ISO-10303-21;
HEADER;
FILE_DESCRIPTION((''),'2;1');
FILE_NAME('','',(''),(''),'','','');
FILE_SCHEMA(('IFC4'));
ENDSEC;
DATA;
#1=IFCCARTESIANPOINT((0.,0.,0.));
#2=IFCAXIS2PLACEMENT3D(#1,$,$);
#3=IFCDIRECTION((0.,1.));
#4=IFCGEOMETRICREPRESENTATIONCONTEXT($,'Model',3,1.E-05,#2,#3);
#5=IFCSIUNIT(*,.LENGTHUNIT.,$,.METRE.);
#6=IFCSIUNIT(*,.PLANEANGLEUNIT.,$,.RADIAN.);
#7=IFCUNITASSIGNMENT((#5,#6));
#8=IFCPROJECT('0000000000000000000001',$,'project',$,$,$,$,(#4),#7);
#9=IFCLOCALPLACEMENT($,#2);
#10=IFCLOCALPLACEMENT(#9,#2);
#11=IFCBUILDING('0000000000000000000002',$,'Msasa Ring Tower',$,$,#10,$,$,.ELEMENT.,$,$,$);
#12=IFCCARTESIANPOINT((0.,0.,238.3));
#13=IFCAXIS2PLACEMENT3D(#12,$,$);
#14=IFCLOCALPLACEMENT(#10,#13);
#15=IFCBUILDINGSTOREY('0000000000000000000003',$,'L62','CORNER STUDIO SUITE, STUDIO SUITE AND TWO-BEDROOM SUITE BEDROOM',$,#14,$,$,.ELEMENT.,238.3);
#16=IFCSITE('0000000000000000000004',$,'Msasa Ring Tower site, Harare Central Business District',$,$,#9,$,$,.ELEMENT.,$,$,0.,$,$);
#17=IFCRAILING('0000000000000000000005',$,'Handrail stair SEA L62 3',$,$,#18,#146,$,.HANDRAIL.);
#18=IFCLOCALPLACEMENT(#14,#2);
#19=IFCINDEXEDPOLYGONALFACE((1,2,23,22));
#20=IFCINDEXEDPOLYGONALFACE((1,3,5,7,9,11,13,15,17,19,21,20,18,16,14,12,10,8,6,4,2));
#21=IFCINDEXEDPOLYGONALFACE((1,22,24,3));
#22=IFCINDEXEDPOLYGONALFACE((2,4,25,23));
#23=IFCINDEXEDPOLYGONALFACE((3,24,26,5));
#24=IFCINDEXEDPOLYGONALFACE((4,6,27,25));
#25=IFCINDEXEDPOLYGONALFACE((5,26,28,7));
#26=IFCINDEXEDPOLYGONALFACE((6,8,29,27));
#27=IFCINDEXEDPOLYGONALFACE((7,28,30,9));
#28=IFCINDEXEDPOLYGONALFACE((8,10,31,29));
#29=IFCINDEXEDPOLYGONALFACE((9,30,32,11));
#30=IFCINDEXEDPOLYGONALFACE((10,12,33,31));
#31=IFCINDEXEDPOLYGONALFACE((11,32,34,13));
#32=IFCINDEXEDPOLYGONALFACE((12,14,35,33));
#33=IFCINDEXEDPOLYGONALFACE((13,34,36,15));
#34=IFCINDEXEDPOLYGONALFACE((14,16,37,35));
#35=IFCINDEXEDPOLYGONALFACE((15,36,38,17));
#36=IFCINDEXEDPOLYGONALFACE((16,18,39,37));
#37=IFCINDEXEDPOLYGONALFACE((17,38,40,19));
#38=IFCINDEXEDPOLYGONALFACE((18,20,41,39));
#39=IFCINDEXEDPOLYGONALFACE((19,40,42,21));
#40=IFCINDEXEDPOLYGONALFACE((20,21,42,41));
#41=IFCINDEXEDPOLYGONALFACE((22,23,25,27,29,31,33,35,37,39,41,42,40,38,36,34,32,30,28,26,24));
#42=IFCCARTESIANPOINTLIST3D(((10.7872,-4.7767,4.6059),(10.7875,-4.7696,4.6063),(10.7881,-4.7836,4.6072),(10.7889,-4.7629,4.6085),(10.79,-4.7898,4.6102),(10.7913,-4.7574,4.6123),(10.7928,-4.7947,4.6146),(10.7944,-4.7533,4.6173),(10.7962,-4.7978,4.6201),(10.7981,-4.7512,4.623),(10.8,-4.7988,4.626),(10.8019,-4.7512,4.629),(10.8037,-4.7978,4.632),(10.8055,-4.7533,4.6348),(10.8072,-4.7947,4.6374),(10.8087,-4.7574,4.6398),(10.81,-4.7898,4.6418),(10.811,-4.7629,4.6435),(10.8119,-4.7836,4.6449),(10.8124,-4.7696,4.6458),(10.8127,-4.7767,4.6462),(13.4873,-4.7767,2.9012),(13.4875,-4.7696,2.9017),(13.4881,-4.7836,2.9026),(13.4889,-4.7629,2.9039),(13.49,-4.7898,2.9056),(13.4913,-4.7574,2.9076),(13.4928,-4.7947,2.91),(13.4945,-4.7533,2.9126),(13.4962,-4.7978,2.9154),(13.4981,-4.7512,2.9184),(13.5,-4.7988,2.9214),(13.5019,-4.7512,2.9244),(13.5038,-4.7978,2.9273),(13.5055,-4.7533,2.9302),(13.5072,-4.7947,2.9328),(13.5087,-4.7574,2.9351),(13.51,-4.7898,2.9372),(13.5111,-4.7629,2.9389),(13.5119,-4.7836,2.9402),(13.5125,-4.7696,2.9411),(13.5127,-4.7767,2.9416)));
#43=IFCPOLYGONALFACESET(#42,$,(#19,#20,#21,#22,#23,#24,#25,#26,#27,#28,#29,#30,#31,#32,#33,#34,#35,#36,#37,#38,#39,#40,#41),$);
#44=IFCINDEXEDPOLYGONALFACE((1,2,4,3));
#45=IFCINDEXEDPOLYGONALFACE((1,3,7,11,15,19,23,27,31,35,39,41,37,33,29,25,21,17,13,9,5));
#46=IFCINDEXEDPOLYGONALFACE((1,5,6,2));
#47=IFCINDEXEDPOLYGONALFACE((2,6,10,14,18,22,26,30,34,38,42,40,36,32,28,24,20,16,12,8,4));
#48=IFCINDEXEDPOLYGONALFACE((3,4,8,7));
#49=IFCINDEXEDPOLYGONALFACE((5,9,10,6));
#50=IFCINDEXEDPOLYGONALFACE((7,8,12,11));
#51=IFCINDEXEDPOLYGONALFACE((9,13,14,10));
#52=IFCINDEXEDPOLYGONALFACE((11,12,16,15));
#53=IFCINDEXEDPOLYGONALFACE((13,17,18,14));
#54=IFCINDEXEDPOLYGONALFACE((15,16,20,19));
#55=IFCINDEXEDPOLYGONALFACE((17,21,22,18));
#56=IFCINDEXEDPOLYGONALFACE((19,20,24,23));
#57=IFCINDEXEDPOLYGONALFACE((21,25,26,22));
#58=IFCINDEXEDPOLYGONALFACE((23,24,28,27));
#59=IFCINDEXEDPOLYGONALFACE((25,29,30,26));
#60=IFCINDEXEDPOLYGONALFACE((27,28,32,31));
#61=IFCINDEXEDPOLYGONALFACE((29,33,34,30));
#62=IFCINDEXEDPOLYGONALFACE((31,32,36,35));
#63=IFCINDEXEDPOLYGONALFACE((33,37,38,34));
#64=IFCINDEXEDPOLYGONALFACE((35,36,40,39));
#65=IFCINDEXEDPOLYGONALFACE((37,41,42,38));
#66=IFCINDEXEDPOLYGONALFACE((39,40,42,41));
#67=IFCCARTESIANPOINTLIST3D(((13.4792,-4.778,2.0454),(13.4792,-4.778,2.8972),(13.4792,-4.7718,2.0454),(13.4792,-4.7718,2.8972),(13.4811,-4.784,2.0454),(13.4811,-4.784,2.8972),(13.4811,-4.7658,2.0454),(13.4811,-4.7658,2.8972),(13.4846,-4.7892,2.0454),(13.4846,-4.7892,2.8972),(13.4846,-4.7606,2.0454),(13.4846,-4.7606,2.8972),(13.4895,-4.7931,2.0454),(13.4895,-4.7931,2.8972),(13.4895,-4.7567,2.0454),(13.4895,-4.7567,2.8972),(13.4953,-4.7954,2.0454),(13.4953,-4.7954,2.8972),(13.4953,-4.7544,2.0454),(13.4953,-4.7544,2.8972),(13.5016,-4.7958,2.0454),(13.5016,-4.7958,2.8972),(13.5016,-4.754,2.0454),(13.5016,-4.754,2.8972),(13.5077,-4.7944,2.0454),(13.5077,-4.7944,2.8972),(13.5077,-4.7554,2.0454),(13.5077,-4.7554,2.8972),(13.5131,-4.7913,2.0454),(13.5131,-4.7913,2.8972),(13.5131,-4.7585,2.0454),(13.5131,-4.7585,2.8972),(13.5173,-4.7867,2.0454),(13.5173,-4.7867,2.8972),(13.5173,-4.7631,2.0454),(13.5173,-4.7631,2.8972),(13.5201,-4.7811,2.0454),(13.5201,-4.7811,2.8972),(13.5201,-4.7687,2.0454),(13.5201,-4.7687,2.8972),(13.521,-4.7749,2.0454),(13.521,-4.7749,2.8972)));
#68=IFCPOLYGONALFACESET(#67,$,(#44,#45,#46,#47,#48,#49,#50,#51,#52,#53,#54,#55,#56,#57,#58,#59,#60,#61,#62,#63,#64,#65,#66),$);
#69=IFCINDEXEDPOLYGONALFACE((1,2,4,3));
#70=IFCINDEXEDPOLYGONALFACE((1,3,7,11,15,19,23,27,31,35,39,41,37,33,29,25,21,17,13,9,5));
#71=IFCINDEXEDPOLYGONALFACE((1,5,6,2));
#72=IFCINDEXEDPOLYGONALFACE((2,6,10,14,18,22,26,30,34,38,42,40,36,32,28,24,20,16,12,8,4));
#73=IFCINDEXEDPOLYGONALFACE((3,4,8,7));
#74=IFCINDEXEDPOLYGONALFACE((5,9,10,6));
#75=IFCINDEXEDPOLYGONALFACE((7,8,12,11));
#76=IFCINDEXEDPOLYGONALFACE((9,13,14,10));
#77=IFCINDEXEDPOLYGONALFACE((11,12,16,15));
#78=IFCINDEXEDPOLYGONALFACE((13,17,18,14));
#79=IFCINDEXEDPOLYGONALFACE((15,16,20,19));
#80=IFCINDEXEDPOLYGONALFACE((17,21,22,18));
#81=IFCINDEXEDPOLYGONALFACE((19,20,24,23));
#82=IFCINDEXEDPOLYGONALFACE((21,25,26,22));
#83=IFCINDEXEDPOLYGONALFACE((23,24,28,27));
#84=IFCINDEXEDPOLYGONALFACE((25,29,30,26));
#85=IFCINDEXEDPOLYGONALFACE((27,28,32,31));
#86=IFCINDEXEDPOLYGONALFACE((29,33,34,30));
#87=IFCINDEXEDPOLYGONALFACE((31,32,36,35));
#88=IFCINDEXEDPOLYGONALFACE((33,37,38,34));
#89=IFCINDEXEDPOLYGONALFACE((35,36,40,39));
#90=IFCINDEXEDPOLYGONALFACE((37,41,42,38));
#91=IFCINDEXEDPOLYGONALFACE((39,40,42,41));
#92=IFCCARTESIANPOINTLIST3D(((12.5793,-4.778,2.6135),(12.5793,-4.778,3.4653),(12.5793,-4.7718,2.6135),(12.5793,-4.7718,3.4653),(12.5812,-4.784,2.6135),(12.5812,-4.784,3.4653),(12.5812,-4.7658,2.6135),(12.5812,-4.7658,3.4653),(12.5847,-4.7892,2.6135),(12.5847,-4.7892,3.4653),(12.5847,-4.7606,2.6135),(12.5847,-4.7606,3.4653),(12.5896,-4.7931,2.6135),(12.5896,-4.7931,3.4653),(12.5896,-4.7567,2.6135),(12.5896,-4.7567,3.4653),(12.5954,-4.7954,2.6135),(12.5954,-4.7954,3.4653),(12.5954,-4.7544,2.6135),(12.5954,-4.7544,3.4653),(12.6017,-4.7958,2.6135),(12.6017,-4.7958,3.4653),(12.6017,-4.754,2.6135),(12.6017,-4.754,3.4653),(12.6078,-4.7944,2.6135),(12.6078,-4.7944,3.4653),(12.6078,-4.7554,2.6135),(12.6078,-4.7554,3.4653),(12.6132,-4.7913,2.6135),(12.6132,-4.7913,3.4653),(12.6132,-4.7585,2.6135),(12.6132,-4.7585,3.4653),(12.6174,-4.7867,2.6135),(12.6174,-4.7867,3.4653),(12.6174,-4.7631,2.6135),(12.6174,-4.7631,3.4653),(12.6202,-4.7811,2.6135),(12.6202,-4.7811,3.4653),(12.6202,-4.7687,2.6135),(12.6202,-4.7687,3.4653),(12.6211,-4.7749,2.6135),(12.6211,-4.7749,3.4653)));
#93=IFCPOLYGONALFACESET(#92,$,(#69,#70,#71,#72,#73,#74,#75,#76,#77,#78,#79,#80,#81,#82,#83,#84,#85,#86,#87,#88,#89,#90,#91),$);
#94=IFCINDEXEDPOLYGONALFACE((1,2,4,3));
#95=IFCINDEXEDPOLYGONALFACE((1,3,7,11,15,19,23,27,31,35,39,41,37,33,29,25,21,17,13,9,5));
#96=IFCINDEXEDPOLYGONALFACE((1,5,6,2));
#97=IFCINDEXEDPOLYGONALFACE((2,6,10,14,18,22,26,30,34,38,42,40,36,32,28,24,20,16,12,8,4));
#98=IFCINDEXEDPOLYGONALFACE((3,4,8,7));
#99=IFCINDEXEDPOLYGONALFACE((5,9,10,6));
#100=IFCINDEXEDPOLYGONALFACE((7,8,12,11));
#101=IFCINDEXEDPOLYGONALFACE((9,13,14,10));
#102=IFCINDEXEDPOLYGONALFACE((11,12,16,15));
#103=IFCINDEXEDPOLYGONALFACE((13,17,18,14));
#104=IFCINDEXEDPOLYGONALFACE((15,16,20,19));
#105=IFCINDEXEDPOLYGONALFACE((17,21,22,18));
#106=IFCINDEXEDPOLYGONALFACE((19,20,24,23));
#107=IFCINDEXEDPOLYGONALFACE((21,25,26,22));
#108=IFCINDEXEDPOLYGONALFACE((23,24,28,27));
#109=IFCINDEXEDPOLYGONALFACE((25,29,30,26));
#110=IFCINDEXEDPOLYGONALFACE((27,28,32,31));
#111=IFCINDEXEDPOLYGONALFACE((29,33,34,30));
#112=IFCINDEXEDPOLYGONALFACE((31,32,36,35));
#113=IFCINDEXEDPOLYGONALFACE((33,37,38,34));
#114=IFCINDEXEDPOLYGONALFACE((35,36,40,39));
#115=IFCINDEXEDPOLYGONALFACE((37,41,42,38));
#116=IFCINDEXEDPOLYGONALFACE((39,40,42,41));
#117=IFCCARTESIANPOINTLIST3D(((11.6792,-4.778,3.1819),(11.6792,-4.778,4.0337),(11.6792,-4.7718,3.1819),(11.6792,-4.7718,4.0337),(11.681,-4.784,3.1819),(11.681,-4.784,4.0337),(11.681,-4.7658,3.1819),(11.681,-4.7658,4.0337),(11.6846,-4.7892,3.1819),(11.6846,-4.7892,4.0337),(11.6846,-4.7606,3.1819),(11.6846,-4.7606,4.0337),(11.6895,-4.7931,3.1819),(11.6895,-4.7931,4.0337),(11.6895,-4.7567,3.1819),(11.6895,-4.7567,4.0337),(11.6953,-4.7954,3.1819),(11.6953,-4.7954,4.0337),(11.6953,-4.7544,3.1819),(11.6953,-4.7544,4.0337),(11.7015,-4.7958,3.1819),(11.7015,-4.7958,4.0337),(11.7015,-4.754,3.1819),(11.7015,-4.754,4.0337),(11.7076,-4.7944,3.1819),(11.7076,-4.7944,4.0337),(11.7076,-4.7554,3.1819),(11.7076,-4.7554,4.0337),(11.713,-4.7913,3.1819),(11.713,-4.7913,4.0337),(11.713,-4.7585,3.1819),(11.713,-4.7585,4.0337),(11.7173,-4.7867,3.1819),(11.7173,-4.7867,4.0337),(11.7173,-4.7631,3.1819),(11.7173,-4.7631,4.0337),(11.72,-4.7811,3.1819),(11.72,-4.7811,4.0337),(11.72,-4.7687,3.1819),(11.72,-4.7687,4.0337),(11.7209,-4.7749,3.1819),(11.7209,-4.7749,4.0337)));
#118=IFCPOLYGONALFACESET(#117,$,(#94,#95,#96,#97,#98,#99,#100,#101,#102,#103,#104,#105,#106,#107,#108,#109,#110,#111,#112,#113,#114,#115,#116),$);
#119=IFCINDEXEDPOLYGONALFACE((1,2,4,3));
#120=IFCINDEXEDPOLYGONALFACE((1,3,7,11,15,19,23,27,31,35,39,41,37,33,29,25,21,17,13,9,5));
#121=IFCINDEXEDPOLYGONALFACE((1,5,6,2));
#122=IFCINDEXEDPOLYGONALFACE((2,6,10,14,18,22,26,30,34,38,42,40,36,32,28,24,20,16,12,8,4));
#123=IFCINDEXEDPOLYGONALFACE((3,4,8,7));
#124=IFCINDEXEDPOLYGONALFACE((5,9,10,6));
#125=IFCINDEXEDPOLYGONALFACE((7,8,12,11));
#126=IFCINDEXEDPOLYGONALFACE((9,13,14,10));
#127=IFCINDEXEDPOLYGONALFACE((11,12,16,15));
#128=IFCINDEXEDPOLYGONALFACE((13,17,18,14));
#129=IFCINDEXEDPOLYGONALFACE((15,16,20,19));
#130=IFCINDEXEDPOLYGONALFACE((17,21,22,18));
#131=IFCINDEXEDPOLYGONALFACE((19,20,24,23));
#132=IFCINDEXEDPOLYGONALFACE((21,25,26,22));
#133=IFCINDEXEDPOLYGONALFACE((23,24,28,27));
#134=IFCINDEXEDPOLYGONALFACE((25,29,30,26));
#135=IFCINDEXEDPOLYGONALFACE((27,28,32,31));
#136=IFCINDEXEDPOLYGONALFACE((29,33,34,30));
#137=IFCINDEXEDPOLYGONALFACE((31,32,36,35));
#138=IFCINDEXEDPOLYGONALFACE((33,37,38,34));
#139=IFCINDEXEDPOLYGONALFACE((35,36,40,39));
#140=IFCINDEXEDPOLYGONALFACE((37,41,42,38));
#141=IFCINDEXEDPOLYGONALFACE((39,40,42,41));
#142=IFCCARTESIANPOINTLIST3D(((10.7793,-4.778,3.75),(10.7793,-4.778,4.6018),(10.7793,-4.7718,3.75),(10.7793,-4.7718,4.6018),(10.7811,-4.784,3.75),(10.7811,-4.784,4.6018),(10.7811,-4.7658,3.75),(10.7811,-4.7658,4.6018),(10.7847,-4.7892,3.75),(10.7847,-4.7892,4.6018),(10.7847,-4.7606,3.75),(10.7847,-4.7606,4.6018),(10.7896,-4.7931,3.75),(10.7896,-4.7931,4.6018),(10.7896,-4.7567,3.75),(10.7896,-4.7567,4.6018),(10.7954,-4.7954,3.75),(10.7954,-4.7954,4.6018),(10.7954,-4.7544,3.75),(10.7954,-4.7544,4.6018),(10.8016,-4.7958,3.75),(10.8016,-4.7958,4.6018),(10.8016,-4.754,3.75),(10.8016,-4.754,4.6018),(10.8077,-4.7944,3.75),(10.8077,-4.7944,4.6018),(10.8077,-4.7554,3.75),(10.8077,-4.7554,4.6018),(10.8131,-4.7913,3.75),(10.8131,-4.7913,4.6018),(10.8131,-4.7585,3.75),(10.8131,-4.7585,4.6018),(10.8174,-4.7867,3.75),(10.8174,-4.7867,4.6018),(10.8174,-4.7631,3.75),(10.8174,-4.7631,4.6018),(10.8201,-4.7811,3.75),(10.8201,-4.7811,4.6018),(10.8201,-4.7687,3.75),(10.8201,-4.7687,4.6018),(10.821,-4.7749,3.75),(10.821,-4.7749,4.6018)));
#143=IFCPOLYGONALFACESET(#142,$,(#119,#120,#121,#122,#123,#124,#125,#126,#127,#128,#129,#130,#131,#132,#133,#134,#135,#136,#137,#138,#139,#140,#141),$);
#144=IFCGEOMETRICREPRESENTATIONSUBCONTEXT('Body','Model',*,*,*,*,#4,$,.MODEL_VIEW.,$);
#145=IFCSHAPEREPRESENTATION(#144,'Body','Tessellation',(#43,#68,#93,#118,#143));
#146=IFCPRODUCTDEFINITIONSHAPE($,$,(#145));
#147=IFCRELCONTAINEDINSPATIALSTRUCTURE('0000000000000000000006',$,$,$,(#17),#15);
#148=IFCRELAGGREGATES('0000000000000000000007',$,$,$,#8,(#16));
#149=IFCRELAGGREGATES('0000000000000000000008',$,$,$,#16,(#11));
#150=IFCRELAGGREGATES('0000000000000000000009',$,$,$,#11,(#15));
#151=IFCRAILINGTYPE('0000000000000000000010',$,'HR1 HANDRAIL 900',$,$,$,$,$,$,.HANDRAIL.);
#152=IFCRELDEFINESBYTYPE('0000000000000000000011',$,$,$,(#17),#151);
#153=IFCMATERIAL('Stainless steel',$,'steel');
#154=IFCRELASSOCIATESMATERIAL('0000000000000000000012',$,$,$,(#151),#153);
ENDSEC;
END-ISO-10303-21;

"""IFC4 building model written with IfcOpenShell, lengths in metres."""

from ifc_helpers import new_model, si_unit, direction, frame, origin, origin_2d, place, context, subcontext, project, spatial, circle, extrude, material, type_object, element, save


model = new_model("IFC4")

# Units and contexts
model_context = context("Model", 3, precision=1e-05, world=origin(), true_north=direction((0.0, 1.0)))
body_context = subcontext(model_context, "Body", "Model", "MODEL_VIEW")
ifc_project = project(units=[si_unit("LENGTHUNIT", "METRE"), si_unit("PLANEANGLEUNIT", "RADIAN")], contexts=[model_context])

# Site, building, storey
site_placement = place(None, origin())
site = spatial("IfcSite", under=ifc_project, at=site_placement, Name="Msasa Ring Tower site, Harare Central Business District", CompositionType="ELEMENT", RefElevation=0.0)
building_placement = place(site_placement, origin())
building = spatial("IfcBuilding", under=site, at=building_placement, Name="Msasa Ring Tower", CompositionType="ELEMENT")
storey_placement = place(building_placement, frame((0.0, 0.0, 238.3)))
storey = spatial("IfcBuildingStorey", under=building, at=storey_placement, Name="L62", Description="CORNER STUDIO SUITE, STUDIO SUITE AND TWO-BEDROOM SUITE BEDROOM", CompositionType="ELEMENT", Elevation=238.3)

# Railing
ifc_material_1 = material(Name="Stainless steel", Category="steel")
railing_type = type_object("IfcRailingType", Name="HR1 HANDRAIL 900", PredefinedType="HANDRAIL", material=ifc_material_1)
for number, where, name in (
    (1, (13.5, -4.7749, 2.0454), "Handrail stair SEA L62 3"),
):
    element("IfcRailing", number, at=place(storey_placement, frame(where)), inside=storey, type_object=railing_type, Name=name, PredefinedType="HANDRAIL", context=body_context, shape_type="SweptSolid", body=[
        extrude(circle(Radius=0.0239, at=origin_2d()), frame((0.0, 0.0, 0.876), z_axis=(-0.84558, 0.0, 0.533849), x_axis=(0.0, -1.0, 0.0)), (0.0, 0.0, 1.0), 3.1931),
        extrude(circle(Radius=0.021, at=origin_2d()), origin(), (0.0, 0.0, 1.0), 0.8518),
        extrude(circle(Radius=0.021, at=origin_2d()), frame((-0.8999, 0.0, 0.5681)), (0.0, 0.0, 1.0), 0.8518),
        extrude(circle(Radius=0.021, at=origin_2d()), frame((-1.8, 0.0, 1.1365)), (0.0, 0.0, 1.0), 0.8518),
        extrude(circle(Radius=0.021, at=origin_2d()), frame((-2.7, 0.0, 1.7046)), (0.0, 0.0, 1.0), 0.8518),
    ])

save(model, "model.ifc")
